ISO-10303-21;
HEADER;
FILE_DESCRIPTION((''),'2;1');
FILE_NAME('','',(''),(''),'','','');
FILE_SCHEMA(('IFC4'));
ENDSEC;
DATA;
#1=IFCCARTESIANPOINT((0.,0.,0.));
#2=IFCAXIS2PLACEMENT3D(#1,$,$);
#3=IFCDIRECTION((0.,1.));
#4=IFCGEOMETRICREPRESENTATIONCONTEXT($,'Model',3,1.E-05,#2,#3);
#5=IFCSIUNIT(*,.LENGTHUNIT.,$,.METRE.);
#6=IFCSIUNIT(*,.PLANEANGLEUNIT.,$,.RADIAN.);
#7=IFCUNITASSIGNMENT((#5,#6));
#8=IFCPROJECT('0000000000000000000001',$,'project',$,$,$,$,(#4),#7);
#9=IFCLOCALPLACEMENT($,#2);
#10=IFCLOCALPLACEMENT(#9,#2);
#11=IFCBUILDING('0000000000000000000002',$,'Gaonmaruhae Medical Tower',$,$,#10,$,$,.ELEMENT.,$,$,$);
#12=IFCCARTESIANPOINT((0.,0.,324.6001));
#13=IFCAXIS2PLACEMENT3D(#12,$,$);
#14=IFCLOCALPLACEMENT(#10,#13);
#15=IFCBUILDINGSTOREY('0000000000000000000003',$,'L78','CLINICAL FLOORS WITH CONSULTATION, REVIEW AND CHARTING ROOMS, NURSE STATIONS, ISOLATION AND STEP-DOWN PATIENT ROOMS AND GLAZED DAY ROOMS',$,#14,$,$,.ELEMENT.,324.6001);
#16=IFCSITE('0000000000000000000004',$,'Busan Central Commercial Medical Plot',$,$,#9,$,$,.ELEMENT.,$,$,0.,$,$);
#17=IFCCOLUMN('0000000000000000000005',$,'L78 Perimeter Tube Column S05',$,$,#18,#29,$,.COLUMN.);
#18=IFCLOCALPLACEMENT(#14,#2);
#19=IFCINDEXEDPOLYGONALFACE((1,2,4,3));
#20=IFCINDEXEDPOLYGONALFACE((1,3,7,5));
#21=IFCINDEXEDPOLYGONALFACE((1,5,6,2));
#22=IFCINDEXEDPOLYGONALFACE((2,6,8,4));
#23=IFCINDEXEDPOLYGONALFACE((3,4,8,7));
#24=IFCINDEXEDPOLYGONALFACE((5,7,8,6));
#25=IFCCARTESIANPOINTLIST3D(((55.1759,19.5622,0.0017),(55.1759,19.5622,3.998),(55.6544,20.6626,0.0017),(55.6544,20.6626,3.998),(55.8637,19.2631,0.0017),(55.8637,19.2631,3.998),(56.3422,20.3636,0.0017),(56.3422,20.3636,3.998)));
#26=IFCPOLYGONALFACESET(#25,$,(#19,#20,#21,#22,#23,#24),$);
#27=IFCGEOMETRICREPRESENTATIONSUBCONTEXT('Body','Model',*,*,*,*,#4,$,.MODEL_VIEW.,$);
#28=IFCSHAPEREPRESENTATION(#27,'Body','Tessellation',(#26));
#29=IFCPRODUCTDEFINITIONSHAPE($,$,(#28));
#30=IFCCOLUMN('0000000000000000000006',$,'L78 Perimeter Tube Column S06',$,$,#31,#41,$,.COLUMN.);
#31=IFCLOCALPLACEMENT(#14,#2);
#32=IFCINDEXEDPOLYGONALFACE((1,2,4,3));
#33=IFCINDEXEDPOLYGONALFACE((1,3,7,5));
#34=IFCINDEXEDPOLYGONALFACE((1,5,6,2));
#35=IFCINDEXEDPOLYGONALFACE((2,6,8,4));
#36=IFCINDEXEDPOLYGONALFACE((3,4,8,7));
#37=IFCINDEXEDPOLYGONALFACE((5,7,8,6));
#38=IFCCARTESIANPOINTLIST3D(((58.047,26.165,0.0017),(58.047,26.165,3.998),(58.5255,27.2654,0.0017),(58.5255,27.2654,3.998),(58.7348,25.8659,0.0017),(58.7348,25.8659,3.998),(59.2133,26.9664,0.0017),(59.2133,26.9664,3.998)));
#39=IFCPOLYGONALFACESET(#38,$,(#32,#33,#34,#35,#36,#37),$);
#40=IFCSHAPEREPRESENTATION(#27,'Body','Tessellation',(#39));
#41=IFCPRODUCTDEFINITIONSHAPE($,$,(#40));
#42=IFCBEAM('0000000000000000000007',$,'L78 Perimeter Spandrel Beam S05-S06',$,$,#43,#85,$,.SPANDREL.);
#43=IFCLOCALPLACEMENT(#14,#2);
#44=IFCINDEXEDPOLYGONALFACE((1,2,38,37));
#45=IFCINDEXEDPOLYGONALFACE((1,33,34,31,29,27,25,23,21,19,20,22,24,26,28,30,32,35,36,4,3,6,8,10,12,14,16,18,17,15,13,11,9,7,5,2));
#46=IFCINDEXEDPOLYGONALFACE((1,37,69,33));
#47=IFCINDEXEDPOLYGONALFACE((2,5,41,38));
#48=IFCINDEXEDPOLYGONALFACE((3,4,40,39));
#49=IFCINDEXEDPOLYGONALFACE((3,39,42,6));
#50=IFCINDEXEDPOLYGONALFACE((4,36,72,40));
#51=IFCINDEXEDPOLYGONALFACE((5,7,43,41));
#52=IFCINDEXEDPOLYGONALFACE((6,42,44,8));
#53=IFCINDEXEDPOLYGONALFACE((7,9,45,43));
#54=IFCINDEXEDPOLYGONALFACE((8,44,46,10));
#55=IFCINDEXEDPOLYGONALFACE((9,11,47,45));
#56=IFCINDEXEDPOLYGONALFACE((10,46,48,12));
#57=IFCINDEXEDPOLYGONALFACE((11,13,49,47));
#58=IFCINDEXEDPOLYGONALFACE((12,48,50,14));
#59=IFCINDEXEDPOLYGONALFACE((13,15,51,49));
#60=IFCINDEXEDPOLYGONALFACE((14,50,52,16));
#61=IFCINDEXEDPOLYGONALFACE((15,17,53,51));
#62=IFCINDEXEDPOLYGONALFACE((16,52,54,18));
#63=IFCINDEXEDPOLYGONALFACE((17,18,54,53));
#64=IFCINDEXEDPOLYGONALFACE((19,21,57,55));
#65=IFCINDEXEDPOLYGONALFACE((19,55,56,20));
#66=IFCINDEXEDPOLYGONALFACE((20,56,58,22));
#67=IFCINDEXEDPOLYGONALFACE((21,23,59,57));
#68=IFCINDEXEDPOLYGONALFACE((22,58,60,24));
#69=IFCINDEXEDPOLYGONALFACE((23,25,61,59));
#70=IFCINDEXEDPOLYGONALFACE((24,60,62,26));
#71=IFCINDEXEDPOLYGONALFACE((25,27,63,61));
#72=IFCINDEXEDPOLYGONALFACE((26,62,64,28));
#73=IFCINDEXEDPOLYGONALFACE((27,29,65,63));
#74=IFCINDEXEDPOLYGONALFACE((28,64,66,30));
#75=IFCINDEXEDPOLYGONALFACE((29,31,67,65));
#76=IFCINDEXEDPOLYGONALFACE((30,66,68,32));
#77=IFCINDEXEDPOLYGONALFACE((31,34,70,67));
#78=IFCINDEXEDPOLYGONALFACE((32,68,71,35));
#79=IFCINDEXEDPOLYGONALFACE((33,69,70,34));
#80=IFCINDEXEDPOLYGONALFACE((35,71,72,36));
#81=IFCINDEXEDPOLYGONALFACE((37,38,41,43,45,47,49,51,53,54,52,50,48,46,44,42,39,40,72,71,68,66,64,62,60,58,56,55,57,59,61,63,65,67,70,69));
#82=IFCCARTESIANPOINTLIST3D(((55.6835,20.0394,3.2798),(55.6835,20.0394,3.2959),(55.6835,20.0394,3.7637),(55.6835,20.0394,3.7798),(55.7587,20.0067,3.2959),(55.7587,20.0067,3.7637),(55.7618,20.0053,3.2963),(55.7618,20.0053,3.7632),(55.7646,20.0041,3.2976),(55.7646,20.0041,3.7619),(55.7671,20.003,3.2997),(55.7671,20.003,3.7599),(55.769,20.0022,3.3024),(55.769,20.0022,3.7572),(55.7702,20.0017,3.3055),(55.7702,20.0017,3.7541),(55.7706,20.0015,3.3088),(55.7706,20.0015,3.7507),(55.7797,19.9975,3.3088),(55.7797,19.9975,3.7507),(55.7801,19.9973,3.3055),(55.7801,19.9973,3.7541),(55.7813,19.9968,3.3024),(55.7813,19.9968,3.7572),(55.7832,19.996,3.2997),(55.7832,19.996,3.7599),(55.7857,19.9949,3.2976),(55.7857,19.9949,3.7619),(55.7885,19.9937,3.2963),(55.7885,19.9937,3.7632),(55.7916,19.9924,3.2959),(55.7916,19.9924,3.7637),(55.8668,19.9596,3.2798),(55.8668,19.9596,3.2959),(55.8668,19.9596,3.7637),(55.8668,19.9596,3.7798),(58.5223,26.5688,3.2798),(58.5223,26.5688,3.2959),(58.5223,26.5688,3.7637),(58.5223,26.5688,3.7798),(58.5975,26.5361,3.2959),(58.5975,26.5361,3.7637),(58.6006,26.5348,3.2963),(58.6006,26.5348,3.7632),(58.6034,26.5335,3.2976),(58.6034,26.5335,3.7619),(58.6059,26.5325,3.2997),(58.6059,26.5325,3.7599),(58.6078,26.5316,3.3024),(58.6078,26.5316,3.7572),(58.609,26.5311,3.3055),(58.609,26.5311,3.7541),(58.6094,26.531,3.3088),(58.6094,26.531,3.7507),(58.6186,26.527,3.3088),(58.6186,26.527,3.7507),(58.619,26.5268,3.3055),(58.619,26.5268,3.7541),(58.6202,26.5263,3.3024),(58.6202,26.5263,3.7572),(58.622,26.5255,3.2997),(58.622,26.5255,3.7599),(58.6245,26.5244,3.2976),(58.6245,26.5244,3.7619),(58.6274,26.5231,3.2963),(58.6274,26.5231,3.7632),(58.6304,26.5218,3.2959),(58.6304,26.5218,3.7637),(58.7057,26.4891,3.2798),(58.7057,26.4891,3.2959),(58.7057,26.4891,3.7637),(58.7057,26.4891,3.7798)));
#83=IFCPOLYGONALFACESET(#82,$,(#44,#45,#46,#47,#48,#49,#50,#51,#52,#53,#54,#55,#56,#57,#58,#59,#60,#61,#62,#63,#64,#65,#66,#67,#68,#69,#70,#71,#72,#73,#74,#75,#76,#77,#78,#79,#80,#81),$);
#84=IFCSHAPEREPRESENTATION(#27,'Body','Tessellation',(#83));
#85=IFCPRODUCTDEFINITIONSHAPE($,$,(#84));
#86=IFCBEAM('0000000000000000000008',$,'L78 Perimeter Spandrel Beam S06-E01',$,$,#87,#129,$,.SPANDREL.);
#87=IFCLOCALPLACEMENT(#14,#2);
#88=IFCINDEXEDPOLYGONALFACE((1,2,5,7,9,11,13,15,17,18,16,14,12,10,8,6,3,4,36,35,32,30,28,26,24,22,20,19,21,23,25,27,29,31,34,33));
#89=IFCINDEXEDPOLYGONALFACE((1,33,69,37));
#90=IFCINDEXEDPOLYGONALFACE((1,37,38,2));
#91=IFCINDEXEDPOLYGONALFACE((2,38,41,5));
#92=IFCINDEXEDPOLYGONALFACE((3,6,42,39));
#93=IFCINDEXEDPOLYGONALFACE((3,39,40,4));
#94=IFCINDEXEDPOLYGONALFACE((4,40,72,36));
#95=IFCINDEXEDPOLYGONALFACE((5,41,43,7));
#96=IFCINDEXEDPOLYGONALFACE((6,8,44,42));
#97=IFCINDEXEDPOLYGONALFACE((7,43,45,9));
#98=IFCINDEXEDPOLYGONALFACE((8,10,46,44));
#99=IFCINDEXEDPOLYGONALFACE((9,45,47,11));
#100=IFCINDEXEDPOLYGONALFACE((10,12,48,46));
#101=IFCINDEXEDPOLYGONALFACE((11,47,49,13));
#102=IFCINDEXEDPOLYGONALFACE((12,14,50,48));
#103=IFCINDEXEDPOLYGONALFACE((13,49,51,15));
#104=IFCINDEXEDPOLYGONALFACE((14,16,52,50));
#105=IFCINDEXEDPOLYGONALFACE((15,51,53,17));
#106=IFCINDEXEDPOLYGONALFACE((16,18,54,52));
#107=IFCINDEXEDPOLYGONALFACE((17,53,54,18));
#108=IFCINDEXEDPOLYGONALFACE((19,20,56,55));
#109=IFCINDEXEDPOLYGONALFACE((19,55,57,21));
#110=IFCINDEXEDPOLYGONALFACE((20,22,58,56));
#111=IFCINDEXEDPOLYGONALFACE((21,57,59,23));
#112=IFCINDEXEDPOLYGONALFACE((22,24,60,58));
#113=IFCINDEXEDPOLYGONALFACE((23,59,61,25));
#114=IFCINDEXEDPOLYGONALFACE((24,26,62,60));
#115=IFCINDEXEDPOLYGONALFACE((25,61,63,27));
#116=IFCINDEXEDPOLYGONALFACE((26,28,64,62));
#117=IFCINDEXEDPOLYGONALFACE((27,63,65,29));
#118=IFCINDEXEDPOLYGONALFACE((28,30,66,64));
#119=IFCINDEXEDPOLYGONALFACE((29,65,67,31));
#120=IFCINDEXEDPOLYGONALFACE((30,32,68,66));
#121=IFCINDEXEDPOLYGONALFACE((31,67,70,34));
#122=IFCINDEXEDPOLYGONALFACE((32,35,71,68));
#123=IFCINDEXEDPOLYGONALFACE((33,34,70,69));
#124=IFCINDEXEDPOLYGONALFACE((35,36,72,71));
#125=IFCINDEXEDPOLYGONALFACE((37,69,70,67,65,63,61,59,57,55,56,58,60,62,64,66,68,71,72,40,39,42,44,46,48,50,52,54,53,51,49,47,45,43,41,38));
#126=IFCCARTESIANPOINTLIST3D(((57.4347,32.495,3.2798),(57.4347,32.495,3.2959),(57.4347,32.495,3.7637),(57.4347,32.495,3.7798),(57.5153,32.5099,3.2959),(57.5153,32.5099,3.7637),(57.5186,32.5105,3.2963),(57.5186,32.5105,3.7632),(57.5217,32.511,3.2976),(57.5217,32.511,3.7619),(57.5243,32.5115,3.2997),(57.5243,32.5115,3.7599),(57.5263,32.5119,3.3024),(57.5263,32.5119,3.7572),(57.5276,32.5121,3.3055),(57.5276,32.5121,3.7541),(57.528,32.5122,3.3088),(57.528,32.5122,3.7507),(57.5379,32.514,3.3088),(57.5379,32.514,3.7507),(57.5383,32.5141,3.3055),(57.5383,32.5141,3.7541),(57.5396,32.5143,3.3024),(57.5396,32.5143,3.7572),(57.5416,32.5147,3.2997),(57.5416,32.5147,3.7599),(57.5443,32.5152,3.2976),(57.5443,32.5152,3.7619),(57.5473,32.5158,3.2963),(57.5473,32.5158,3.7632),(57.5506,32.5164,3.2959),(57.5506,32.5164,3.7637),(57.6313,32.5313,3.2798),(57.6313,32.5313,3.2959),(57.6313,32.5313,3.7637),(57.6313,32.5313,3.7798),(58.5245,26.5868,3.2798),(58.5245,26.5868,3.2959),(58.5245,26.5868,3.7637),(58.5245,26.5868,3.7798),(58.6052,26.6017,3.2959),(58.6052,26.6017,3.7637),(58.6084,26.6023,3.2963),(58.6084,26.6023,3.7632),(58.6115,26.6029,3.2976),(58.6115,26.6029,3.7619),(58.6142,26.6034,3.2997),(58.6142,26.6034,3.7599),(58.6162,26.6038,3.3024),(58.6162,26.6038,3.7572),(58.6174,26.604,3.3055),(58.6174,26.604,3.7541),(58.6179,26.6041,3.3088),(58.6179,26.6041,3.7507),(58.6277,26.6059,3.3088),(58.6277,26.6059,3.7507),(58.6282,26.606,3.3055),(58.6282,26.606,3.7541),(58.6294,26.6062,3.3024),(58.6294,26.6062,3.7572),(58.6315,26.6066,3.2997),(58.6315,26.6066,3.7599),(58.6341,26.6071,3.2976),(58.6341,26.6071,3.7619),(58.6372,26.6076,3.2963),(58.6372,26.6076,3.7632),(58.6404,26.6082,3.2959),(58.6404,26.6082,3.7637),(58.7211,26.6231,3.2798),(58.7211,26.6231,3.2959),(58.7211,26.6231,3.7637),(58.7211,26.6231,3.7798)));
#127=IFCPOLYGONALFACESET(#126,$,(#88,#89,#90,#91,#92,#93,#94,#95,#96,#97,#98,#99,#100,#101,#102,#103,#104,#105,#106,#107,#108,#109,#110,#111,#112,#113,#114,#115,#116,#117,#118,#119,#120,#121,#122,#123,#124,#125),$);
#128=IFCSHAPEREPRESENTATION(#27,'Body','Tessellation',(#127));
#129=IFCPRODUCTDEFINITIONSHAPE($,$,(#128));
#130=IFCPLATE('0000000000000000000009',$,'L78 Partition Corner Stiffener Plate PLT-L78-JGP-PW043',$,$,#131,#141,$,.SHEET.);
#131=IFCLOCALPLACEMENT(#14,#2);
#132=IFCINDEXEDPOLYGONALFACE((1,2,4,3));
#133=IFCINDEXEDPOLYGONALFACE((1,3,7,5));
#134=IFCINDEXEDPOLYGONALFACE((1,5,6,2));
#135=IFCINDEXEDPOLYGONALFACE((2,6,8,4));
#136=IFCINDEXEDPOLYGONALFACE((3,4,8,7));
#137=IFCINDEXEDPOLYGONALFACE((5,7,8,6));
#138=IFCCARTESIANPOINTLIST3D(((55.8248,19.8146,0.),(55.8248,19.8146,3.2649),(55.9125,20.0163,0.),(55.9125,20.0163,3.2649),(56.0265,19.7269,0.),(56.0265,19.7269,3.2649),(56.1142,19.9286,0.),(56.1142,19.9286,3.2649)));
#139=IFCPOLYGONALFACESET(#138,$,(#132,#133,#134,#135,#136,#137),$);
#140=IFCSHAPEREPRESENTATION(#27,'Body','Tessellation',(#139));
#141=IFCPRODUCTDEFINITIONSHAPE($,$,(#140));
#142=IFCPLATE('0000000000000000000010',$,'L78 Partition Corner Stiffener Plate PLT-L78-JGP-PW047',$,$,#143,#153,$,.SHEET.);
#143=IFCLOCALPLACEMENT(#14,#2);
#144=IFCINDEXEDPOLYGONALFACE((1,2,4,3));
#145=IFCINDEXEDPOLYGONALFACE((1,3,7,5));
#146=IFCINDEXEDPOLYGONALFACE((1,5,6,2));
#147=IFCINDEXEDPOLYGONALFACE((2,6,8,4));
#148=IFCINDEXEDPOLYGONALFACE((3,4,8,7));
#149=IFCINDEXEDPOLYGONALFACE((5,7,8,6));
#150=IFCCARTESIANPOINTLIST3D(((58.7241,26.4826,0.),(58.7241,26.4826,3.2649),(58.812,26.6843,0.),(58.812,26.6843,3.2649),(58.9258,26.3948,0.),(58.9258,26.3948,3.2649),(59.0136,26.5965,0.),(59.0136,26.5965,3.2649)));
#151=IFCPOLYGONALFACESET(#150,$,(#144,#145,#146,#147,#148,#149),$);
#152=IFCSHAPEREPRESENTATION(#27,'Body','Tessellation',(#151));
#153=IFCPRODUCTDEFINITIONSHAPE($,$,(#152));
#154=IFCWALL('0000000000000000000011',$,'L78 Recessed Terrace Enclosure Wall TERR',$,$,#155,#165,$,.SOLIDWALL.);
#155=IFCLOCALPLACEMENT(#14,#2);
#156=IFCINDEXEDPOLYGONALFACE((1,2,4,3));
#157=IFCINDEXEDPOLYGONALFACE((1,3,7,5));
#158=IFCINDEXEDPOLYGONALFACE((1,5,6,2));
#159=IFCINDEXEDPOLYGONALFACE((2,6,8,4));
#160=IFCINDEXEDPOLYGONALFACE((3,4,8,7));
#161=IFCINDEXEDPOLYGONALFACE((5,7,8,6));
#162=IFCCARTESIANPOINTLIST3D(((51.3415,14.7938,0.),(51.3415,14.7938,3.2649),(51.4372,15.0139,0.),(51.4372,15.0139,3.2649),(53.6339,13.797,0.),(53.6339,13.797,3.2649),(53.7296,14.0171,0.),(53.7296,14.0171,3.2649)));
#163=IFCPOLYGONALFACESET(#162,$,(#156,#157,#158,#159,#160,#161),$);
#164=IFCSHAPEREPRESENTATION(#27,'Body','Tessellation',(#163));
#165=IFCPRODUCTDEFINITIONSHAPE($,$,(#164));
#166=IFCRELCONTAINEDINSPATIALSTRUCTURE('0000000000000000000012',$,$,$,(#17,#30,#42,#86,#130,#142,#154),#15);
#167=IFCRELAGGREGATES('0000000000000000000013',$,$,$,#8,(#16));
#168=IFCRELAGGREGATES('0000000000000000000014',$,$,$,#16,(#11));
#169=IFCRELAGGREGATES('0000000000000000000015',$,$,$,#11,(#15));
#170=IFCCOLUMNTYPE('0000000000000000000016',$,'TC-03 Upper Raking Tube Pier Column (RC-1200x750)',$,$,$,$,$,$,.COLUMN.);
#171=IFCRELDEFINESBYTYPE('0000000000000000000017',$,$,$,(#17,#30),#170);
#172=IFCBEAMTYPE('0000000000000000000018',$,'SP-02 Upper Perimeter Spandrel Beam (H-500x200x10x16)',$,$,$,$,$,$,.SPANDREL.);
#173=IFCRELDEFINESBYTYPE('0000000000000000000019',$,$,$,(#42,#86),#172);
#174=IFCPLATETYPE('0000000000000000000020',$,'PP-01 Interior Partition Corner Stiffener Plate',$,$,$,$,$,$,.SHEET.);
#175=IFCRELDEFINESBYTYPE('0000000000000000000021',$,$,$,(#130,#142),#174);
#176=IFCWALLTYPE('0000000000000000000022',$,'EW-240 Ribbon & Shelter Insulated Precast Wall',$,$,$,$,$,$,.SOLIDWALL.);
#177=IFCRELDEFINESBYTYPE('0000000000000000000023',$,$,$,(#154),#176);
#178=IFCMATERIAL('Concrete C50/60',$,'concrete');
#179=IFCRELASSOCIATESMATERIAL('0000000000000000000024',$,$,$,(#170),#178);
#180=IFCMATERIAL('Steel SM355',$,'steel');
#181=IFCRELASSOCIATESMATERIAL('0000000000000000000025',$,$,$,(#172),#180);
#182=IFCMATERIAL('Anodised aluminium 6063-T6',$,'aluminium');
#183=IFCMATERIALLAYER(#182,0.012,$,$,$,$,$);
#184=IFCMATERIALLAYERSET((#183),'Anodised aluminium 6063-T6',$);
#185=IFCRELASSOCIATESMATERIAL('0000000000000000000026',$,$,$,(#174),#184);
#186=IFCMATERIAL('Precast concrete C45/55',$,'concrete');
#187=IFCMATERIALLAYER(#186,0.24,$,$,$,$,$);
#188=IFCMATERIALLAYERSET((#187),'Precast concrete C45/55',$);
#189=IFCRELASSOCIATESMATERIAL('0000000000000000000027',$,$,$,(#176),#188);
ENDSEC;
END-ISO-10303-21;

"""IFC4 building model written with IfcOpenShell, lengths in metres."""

from ifc_helpers import new_model, si_unit, direction, frame, frame_2d, origin, origin_2d, place, context, subcontext, project, spatial, rectangle, i_section, extrude, material, layer, layer_set, material_profile, profile_set, type_object, element, save


model = new_model("IFC4")

# Units and contexts
model_context = context("Model", 3, precision=1e-05, world=origin(), true_north=direction((0.0, 1.0)))
body_context = subcontext(model_context, "Body", "Model", "MODEL_VIEW")
ifc_project = project(units=[si_unit("LENGTHUNIT", "METRE"), si_unit("PLANEANGLEUNIT", "RADIAN")], contexts=[model_context])

# Site, building, storey
site_placement = place(None, origin())
site = spatial("IfcSite", under=ifc_project, at=site_placement, Name="Busan Central Commercial Medical Plot", CompositionType="ELEMENT", RefElevation=0.0)
building_placement = place(site_placement, origin())
building = spatial("IfcBuilding", under=site, at=building_placement, Name="Gaonmaruhae Medical Tower", CompositionType="ELEMENT")
storey_placement = place(building_placement, frame((0.0, 0.0, 324.6001)))
storey = spatial("IfcBuildingStorey", under=building, at=storey_placement, Name="L78", Description="CLINICAL FLOORS WITH CONSULTATION, REVIEW AND CHARTING ROOMS, NURSE STATIONS, ISOLATION AND STEP-DOWN PATIENT ROOMS AND GLAZED DAY ROOMS", CompositionType="ELEMENT", Elevation=324.6001)

# Columns
ifc_material_1 = material(Name="Concrete C50/60", Category="concrete")
ifc_material_profile_1 = material_profile(ifc_material_1, rectangle(XDim=1.2, YDim=0.75, at=origin_2d()), Name="RC-1200x750")
ifc_profile_set_1 = profile_set([ifc_material_profile_1], Name="Concrete C50/60")
column_type = type_object("IfcColumnType", Name="TC-03 Upper Raking Tube Pier Column (RC-1200x750)", PredefinedType="COLUMN", material=ifc_profile_set_1)
for number, where, z_axis, x_axis, name in (
    (1, (55.759, 19.9629, 0.0017), (0.0, 0.0, 1.0), (0.398749, 0.91706, 0.0), "L78 Perimeter Tube Column S05"),
    (2, (58.6301, 26.5657, 0.0017), (0.0, 0.0, 1.0), (0.398749, 0.91706, 0.0), "L78 Perimeter Tube Column S06"),
):
    element("IfcColumn", number, at=place(storey_placement, frame(where, z_axis=z_axis, x_axis=x_axis)), inside=storey, type_object=column_type, Name=name, PredefinedType="COLUMN", context=body_context, shape_type="SweptSolid", body=[
        extrude(rectangle(XDim=1.2, YDim=0.75, at=origin_2d()), origin(), (0.0, 0.0, 1.0), 3.9963),
    ])

# Beams
ifc_material_2 = material(Name="Steel SM355", Category="steel")
ifc_material_profile_2 = material_profile(ifc_material_2, i_section(OverallWidth=0.2, OverallDepth=0.5, WebThickness=0.01, FlangeThickness=0.0161, FilletRadius=0.0129, at=origin_2d()), Name="H-500x200x10x16")
ifc_profile_set_2 = profile_set([ifc_material_profile_2], Name="Steel SM355")
beam_type = type_object("IfcBeamType", Name="SP-02 Upper Perimeter Spandrel Beam (H-500x200x10x16)", PredefinedType="SPANDREL", material=ifc_profile_set_2)
beam_1_placement = place(storey_placement, frame((55.7751, 19.9995, 3.5298), z_axis=(0.398719, 0.917073, 0.0), x_axis=(-0.917073, 0.398719, 0.0)))
element("IfcBeam", 3, at=beam_1_placement, inside=storey, type_object=beam_type, Name="L78 Perimeter Spandrel Beam S05-S06", PredefinedType="SPANDREL", context=body_context, shape_type="SweptSolid", body=[
    extrude(i_section(OverallWidth=0.2, OverallDepth=0.5, WebThickness=0.01, FlangeThickness=0.0161, FilletRadius=0.0129, at=origin_2d()), origin(), (0.0, 0.0, 1.0), 7.1199),
])
beam_2_placement = place(storey_placement, frame((58.6228, 26.605, 3.5298), z_axis=(-0.181402, 0.983409, 0.0), x_axis=(-0.983409, -0.181402, 0.0)))
element("IfcBeam", 4, at=beam_2_placement, inside=storey, type_object=beam_type, Name="L78 Perimeter Spandrel Beam S06-E01", PredefinedType="SPANDREL", context=body_context, shape_type="SweptSolid", body=[
    extrude(i_section(OverallWidth=0.2, OverallDepth=0.5, WebThickness=0.01, FlangeThickness=0.0161, FilletRadius=0.0129, at=origin_2d()), origin(), (0.0, 0.0, 1.0), 6.0078),
])

# Plates
ifc_material_3 = material(Name="Anodised aluminium 6063-T6", Category="aluminium")
ifc_layer_1 = layer(ifc_material_3, 0.012)
ifc_layer_set_1 = layer_set([ifc_layer_1], Name="Anodised aluminium 6063-T6")
plate_type = type_object("IfcPlateType", Name="PP-01 Interior Partition Corner Stiffener Plate", PredefinedType="SHEET", material=ifc_layer_set_1)
for number, where, z_axis, x_axis, name in (
    (5, (55.9695, 19.8716, 0.0), (0.0, 0.0, 1.0), (-0.398765, -0.917053, 0.0), "L78 Partition Corner Stiffener Plate PLT-L78-JGP-PW043"),
    (6, (58.8689, 26.5396, 0.0), (0.0, 0.0, 1.0), (-0.399197, -0.916865, 0.0), "L78 Partition Corner Stiffener Plate PLT-L78-JGP-PW047"),
):
    element("IfcPlate", number, at=place(storey_placement, frame(where, z_axis=z_axis, x_axis=x_axis)), inside=storey, type_object=plate_type, Name=name, PredefinedType="SHEET", context=body_context, shape_type="SweptSolid", body=[
        extrude(rectangle(XDim=0.22, YDim=0.22, at=origin_2d()), origin(), (0.0, 0.0, 1.0), 3.2649),
    ])

# Wall
ifc_material_4 = material(Name="Precast concrete C45/55", Category="concrete")
ifc_layer_2 = layer(ifc_material_4, 0.24)
ifc_layer_set_2 = layer_set([ifc_layer_2], Name="Precast concrete C45/55")
wall_type_1 = type_object("IfcWallType", Name="EW-240 Ribbon & Shelter Insulated Precast Wall", PredefinedType="SOLIDWALL", material=ifc_layer_set_2)
wall_1_placement = place(storey_placement, frame((53.6819, 13.907, 0.0), z_axis=(0.0, 0.0, 1.0), x_axis=(-0.917056, 0.398758, 0.0)))
element("IfcWall", 7, at=wall_1_placement, inside=storey, type_object=wall_type_1, Name="L78 Recessed Terrace Enclosure Wall TERR", PredefinedType="SOLIDWALL", context=body_context, shape_type="SweptSolid", body=[
    extrude(rectangle(XDim=2.4998, YDim=0.24, at=frame_2d((1.25, 0.0))), origin(), (0.0, 0.0, 1.0), 3.2649),
])

save(model, "model.ifc")
